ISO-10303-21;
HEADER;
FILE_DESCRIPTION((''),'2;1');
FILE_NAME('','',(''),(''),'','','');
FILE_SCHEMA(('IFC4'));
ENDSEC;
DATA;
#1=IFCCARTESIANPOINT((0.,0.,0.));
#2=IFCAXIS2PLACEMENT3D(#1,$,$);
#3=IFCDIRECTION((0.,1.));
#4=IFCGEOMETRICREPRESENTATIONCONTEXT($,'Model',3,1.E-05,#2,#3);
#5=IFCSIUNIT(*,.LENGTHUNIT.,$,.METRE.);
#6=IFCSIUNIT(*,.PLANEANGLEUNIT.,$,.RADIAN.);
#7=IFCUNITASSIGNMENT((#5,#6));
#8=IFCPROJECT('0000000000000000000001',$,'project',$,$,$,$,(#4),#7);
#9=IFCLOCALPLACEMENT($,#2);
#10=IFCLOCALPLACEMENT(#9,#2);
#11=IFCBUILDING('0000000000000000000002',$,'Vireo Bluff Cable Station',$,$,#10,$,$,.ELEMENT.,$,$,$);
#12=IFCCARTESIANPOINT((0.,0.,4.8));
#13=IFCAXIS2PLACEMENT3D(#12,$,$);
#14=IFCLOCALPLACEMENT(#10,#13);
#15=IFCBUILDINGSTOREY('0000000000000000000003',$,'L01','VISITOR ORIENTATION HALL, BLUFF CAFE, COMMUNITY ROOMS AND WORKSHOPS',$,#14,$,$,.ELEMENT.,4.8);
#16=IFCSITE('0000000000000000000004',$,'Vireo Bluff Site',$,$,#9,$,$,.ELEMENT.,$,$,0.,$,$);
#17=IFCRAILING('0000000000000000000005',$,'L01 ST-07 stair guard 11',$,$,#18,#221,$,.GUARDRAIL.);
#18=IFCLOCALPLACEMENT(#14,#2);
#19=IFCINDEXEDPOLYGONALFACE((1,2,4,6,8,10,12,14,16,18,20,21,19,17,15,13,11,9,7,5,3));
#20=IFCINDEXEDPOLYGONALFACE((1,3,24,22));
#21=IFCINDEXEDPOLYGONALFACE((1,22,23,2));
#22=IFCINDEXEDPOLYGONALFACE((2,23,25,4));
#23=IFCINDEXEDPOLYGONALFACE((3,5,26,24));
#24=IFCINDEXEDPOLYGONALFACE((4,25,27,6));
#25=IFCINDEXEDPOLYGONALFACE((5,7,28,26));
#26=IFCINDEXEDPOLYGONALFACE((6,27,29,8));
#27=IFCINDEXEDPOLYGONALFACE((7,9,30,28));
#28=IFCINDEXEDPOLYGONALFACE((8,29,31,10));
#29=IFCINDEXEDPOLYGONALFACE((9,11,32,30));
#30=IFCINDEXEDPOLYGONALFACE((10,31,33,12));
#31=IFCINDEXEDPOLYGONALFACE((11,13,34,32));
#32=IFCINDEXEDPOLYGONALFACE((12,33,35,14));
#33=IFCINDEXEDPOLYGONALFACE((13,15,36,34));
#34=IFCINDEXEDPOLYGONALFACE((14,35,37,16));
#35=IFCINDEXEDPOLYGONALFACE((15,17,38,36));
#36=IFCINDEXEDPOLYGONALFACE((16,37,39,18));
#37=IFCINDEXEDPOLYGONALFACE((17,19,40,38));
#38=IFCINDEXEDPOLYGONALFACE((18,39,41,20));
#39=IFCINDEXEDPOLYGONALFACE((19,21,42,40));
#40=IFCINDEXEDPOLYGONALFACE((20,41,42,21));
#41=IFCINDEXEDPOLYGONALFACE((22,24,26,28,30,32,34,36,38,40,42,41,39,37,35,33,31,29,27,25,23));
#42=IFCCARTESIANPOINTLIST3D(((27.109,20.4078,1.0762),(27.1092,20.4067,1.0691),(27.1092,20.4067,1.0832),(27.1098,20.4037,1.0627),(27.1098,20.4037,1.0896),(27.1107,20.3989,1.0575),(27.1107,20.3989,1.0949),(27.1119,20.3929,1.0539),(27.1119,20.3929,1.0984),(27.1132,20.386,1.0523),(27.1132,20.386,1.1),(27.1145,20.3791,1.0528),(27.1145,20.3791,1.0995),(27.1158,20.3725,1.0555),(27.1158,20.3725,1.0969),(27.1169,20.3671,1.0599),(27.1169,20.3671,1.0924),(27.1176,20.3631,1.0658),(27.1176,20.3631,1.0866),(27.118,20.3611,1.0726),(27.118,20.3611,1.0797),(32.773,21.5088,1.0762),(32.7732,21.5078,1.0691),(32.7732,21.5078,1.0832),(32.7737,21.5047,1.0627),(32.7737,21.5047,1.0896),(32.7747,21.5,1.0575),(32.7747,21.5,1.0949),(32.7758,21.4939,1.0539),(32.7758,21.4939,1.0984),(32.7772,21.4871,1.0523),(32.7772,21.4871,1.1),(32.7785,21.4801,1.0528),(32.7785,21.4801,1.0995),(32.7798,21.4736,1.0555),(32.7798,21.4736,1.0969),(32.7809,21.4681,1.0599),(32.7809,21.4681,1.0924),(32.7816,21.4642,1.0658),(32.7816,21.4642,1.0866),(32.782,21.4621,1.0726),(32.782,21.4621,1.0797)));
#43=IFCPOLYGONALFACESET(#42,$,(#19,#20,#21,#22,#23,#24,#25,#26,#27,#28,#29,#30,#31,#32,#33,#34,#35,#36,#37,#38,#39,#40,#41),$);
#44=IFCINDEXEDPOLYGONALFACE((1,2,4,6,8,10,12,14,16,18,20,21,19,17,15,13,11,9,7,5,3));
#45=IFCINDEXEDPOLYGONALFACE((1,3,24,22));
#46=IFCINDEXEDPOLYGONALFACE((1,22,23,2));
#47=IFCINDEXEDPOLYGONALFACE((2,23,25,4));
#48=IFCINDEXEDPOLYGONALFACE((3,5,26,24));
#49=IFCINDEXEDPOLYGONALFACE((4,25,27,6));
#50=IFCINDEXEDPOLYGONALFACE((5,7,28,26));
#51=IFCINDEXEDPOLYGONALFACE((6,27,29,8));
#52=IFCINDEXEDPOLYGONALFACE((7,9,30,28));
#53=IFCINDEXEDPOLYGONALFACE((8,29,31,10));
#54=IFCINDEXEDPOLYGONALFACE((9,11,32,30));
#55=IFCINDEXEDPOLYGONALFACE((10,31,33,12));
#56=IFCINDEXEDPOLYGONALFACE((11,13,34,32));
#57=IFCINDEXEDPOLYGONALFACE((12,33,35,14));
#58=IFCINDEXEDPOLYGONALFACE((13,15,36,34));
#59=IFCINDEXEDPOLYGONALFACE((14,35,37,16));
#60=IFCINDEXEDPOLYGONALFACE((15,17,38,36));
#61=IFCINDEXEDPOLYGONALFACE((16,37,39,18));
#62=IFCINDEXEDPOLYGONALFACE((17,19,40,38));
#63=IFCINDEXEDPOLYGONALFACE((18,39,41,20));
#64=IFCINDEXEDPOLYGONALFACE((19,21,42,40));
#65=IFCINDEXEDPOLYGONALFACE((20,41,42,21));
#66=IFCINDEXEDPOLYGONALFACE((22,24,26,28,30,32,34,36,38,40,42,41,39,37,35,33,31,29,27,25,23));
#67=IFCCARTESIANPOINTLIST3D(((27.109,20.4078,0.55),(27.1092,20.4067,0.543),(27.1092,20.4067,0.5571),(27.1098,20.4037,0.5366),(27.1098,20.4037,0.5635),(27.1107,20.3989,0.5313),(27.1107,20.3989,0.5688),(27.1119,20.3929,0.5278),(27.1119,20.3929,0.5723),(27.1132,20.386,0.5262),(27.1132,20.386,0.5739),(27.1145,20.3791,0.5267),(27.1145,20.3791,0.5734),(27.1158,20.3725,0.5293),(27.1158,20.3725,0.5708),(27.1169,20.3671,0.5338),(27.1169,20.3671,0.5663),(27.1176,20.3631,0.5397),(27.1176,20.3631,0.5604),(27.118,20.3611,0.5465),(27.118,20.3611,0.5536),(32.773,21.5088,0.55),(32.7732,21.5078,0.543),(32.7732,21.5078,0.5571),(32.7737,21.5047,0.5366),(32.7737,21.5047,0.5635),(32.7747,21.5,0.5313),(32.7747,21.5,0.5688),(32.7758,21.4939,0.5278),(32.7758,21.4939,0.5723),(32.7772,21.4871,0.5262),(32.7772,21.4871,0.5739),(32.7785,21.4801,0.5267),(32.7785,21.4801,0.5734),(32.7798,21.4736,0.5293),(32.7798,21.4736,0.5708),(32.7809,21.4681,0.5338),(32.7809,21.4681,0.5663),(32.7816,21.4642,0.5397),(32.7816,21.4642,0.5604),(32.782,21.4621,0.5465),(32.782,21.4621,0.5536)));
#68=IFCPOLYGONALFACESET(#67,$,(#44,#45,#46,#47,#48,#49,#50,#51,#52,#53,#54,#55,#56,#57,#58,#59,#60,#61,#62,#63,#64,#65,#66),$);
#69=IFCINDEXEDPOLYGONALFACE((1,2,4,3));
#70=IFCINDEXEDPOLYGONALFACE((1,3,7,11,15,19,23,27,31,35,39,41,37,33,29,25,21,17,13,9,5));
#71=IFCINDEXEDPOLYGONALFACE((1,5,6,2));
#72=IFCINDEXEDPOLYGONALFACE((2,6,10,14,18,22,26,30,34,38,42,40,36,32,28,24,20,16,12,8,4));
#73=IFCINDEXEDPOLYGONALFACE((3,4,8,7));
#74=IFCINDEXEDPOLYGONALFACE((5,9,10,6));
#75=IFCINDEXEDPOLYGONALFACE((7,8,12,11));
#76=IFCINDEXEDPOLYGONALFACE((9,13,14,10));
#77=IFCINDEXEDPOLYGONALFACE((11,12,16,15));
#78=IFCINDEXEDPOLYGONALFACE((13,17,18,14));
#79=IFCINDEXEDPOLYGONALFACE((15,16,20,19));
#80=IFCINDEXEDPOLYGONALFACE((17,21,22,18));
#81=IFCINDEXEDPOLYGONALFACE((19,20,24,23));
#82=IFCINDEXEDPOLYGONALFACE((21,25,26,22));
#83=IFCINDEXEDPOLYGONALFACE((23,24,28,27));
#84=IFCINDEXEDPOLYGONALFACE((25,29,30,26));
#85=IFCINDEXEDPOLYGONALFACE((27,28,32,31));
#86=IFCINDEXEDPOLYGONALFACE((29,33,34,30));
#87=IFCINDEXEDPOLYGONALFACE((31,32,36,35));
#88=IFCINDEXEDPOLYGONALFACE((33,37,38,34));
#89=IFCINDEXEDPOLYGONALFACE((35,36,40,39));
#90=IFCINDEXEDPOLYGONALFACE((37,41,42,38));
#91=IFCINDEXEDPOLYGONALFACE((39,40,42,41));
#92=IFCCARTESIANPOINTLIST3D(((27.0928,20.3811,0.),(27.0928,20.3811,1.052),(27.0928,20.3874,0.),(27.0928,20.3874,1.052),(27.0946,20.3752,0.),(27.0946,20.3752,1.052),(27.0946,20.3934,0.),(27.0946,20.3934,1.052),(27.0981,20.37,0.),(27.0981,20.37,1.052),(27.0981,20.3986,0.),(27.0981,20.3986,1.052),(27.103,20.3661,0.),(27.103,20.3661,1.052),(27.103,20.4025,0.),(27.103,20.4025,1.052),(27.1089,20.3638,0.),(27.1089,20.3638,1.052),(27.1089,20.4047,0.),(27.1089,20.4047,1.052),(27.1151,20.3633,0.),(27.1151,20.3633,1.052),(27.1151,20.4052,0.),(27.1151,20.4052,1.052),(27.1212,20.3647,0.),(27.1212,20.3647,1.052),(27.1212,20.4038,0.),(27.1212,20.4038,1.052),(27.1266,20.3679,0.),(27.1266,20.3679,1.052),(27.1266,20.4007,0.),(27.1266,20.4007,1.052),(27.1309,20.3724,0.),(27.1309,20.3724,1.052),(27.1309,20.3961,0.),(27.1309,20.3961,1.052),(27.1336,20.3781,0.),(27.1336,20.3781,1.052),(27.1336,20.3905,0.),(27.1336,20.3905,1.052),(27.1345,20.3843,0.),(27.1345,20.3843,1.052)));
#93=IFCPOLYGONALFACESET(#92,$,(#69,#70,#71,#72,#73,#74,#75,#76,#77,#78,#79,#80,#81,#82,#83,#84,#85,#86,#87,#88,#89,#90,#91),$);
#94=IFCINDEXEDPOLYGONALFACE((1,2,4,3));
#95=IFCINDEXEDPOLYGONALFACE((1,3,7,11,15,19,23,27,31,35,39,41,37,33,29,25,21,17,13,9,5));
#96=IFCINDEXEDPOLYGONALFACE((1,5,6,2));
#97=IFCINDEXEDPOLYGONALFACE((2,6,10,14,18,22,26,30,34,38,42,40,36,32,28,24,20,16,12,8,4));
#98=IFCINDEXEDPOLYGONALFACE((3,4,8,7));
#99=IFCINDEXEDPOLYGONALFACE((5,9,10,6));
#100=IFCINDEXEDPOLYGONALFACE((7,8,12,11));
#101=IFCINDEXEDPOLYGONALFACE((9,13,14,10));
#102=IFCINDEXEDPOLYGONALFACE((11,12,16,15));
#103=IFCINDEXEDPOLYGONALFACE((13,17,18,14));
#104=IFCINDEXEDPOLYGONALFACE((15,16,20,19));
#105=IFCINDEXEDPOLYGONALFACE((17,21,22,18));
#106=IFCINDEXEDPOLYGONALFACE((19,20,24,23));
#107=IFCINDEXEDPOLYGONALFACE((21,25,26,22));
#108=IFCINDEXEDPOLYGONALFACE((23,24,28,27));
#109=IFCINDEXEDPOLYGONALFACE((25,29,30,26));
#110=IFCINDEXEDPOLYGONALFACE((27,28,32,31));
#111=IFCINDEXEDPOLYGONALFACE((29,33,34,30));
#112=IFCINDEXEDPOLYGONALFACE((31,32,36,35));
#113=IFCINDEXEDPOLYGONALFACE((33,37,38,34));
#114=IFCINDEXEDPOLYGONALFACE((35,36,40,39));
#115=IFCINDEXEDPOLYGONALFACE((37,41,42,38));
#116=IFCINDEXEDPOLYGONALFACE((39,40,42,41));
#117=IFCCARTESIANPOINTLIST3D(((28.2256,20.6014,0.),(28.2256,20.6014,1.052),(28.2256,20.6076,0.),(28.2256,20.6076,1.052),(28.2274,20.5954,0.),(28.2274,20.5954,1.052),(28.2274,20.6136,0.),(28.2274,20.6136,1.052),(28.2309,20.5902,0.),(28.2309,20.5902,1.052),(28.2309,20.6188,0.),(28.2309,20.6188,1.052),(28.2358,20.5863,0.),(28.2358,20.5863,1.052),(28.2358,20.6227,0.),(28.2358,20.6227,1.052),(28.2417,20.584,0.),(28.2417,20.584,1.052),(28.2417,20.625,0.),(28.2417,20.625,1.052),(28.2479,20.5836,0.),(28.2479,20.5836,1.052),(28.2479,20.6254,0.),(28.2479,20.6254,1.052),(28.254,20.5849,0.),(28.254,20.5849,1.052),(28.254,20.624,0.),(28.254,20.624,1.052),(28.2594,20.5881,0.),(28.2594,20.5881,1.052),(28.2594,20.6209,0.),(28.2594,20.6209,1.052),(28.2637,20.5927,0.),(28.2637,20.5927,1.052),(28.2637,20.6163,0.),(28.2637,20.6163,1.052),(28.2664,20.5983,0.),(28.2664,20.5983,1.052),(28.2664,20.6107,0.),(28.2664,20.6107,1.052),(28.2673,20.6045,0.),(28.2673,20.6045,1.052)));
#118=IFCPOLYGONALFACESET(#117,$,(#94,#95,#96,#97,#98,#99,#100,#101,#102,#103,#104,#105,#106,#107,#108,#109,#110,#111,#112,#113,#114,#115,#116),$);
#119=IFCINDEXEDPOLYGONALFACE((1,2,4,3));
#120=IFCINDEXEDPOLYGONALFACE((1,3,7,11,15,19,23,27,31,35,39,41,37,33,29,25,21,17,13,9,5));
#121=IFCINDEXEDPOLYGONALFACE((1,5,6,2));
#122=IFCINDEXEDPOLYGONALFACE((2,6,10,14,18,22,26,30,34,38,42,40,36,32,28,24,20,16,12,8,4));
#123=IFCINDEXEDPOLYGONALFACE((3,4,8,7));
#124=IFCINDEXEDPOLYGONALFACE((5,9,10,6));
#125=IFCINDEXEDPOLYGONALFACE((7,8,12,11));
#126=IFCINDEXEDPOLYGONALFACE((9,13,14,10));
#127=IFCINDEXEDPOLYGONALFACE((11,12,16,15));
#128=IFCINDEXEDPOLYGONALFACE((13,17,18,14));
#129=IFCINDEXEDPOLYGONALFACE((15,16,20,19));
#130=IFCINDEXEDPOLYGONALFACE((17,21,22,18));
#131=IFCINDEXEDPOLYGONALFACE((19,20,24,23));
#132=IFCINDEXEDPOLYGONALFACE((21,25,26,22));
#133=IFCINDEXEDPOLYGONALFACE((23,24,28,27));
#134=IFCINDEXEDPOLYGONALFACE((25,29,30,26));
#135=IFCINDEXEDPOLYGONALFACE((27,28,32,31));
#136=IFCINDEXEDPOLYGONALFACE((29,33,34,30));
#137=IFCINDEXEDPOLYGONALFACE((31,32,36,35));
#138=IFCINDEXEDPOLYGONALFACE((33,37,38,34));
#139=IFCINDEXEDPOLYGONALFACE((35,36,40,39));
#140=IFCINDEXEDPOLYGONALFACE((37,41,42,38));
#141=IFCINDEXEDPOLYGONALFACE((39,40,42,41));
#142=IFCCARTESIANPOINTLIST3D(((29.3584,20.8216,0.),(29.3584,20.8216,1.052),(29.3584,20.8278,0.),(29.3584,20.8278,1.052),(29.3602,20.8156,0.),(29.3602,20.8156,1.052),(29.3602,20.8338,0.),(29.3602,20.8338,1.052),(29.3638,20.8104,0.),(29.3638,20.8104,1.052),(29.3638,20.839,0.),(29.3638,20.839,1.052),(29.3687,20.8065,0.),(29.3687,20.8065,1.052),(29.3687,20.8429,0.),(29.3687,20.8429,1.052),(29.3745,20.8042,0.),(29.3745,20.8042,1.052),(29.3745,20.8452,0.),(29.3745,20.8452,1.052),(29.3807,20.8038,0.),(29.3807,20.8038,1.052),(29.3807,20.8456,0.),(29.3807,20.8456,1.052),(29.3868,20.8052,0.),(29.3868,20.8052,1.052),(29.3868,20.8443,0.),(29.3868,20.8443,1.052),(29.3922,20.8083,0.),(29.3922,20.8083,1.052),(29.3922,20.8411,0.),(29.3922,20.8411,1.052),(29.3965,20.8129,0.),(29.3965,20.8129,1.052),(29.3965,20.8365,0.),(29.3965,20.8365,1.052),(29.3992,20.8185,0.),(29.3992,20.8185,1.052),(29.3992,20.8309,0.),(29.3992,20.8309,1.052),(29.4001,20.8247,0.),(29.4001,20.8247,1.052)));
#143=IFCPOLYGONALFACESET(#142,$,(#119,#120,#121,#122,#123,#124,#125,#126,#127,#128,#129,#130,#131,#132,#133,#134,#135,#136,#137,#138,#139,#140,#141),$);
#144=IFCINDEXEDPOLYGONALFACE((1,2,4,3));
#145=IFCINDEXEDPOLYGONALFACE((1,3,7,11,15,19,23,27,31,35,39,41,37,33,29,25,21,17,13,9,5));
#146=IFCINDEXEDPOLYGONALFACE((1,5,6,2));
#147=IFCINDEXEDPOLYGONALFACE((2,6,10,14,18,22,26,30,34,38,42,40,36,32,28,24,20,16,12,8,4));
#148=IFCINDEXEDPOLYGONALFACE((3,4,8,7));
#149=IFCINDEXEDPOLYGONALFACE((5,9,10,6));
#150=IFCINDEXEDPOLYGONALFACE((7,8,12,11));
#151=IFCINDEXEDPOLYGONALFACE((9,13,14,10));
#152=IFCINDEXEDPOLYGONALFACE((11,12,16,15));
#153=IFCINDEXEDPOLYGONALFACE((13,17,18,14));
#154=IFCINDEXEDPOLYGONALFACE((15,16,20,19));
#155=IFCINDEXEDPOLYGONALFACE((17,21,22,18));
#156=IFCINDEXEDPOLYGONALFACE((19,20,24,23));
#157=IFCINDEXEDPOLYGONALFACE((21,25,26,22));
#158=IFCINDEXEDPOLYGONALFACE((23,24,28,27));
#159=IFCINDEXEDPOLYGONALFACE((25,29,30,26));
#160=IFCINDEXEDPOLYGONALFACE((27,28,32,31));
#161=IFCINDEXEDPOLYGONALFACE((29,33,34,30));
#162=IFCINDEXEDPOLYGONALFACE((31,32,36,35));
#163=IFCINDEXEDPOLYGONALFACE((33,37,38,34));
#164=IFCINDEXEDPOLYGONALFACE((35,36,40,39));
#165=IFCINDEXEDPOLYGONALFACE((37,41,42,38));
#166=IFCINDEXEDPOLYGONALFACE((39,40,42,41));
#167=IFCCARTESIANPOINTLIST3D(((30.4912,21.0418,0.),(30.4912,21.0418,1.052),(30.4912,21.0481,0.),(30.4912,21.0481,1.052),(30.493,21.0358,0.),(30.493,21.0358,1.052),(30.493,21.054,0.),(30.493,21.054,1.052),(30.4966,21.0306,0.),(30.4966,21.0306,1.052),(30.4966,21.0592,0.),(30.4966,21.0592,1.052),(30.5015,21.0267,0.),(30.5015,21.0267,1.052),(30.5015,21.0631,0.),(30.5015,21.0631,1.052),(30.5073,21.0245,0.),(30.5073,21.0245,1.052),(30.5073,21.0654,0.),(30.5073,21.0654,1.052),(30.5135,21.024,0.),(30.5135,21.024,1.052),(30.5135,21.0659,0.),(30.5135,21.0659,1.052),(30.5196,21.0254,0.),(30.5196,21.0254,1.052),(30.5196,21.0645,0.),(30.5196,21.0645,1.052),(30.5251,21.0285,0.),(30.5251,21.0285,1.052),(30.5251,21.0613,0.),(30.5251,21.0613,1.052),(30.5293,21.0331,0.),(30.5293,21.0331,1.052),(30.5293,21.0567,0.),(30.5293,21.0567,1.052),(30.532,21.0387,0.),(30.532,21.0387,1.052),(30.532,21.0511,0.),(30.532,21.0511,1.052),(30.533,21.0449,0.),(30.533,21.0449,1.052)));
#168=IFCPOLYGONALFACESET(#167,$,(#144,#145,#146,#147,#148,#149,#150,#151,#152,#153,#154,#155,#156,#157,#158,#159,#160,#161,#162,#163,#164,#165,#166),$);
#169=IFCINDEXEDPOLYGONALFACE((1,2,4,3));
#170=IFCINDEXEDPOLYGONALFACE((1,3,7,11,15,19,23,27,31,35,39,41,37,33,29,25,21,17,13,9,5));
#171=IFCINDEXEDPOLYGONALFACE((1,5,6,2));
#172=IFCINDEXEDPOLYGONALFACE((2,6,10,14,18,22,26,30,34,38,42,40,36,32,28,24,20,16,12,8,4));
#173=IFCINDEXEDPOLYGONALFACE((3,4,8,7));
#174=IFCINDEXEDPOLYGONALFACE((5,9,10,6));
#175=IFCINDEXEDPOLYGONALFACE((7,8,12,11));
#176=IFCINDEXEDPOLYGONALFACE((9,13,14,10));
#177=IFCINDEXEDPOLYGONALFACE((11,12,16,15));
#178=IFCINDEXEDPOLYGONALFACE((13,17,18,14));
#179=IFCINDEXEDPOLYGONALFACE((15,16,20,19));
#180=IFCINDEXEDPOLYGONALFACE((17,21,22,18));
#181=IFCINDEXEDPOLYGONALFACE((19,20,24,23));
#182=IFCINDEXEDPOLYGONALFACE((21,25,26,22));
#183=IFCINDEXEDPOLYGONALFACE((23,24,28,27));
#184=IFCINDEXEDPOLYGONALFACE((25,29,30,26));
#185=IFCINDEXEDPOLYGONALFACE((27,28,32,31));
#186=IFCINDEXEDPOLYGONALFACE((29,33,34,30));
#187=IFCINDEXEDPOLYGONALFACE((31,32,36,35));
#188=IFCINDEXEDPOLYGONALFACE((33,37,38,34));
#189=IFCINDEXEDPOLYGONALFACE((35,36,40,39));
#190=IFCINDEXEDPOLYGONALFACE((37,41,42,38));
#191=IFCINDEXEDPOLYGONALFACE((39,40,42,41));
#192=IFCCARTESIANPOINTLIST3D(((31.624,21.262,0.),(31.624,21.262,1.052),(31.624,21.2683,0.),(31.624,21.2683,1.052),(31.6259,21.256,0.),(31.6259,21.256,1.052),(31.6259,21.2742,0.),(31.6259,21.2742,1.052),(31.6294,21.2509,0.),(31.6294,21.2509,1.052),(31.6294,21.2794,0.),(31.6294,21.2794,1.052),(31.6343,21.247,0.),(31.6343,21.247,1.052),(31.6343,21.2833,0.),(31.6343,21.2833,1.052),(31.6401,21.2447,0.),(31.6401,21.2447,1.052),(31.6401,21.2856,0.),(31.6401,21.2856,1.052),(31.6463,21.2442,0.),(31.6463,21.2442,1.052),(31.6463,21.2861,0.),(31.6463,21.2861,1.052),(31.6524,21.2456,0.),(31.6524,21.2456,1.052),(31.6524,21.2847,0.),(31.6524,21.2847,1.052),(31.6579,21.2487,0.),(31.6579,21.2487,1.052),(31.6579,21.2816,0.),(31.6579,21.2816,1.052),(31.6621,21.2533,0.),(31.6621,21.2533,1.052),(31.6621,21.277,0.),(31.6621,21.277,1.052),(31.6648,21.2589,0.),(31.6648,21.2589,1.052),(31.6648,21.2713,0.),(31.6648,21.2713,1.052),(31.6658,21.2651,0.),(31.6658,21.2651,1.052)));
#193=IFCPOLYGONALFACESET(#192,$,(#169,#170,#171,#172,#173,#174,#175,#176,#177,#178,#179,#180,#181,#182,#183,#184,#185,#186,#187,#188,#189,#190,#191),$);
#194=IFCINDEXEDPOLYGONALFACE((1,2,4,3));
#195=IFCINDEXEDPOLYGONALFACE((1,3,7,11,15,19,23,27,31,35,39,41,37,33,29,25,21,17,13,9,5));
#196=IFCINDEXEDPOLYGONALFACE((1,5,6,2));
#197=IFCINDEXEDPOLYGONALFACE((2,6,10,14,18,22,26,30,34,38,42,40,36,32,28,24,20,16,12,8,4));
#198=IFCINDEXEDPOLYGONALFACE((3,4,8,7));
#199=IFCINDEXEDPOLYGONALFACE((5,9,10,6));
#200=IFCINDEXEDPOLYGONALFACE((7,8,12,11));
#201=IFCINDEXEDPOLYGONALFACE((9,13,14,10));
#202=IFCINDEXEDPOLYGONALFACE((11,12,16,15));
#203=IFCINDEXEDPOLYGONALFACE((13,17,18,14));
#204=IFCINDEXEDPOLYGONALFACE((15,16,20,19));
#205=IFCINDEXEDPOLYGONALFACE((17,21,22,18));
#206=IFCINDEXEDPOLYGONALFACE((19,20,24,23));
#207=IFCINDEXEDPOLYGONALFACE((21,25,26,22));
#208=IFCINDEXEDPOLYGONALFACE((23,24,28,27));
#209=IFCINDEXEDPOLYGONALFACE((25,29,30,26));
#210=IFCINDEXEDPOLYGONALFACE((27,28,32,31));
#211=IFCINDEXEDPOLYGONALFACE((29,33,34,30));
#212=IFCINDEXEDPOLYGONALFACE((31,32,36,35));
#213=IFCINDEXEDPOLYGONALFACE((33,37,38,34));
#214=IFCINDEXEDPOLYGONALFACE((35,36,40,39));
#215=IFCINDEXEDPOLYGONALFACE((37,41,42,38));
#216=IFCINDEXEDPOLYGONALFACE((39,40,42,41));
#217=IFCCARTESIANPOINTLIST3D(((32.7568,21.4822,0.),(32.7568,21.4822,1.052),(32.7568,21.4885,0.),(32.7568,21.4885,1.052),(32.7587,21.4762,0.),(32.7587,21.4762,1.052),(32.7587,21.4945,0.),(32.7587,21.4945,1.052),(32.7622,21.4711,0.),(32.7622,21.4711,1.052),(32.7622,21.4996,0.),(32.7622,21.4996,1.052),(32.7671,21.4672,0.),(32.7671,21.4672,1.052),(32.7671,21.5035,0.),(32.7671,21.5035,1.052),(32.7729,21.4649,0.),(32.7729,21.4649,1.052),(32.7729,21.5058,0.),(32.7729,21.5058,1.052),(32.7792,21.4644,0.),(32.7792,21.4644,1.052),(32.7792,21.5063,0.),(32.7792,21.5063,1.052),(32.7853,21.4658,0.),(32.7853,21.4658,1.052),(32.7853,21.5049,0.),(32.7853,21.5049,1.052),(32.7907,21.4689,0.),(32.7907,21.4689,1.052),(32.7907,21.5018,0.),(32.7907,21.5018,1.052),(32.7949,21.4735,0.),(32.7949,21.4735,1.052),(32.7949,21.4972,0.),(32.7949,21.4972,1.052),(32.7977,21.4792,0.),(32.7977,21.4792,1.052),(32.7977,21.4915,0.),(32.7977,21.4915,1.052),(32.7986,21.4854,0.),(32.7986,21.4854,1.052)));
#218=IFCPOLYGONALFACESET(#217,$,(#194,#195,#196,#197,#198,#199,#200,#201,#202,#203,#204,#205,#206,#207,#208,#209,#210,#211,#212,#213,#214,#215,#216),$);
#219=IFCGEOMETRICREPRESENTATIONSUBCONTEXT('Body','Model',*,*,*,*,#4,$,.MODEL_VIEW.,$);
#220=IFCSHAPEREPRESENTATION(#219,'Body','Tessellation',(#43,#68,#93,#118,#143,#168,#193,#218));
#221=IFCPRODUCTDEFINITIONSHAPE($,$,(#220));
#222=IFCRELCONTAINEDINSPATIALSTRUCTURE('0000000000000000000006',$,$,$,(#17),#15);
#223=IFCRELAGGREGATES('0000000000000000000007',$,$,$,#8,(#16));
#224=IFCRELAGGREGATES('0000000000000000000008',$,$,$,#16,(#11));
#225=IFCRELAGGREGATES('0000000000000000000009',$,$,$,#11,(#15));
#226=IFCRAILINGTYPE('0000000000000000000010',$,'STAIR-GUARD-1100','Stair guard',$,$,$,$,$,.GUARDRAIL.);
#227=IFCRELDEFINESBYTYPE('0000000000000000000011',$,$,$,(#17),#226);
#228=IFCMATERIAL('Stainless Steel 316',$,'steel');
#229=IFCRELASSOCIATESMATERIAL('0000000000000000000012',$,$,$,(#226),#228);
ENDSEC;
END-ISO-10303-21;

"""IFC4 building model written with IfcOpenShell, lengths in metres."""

from ifc_helpers import new_model, si_unit, direction, frame, origin, origin_2d, place, context, subcontext, project, spatial, circle, extrude, material, type_object, element, save


model = new_model("IFC4")

# Units and contexts
model_context = context("Model", 3, precision=1e-05, world=origin(), true_north=direction((0.0, 1.0)))
body_context = subcontext(model_context, "Body", "Model", "MODEL_VIEW")
ifc_project = project(units=[si_unit("LENGTHUNIT", "METRE"), si_unit("PLANEANGLEUNIT", "RADIAN")], contexts=[model_context])

# Site, building, storey
site_placement = place(None, origin())
site = spatial("IfcSite", under=ifc_project, at=site_placement, Name="Vireo Bluff Site", CompositionType="ELEMENT", RefElevation=0.0)
building_placement = place(site_placement, origin())
building = spatial("IfcBuilding", under=site, at=building_placement, Name="Vireo Bluff Cable Station", CompositionType="ELEMENT")
storey_placement = place(building_placement, frame((0.0, 0.0, 4.8)))
storey = spatial("IfcBuildingStorey", under=building, at=storey_placement, Name="L01", Description="VISITOR ORIENTATION HALL, BLUFF CAFE, COMMUNITY ROOMS AND WORKSHOPS", CompositionType="ELEMENT", Elevation=4.8)

# Railing
ifc_material_1 = material(Name="Stainless Steel 316", Category="steel")
railing_type = type_object("IfcRailingType", Name="STAIR-GUARD-1100", Description="Stair guard", PredefinedType="GUARDRAIL", material=ifc_material_1)
railing_1_placement = place(storey_placement, frame((27.1135, 20.3843, 0.0)))
element("IfcRailing", 1, at=railing_1_placement, inside=storey, type_object=railing_type, Name="L01 ST-07 stair guard 11", PredefinedType="GUARDRAIL", context=body_context, shape_type="SweptSolid", body=[
    extrude(circle(Radius=0.0239, at=origin_2d()), frame((0.0, 0.0, 1.0762), z_axis=(0.981624, 0.190824, 0.0), x_axis=(-0.190824, 0.981624, 0.0)), (0.0, 0.0, 1.0), 5.77),
    extrude(circle(Radius=0.0239, at=origin_2d()), frame((0.0, 0.0, 0.55), z_axis=(0.981624, 0.190824, 0.0), x_axis=(-0.190824, 0.981624, 0.0)), (0.0, 0.0, 1.0), 5.77),
    extrude(circle(Radius=0.021, at=origin_2d()), origin(), (0.0, 0.0, 1.0), 1.052),
    extrude(circle(Radius=0.021, at=origin_2d()), frame((1.1328, 0.2202, 0.0)), (0.0, 0.0, 1.0), 1.052),
    extrude(circle(Radius=0.021, at=origin_2d()), frame((2.2656, 0.4404, 0.0)), (0.0, 0.0, 1.0), 1.052),
    extrude(circle(Radius=0.021, at=origin_2d()), frame((3.3984, 0.6606, 0.0)), (0.0, 0.0, 1.0), 1.052),
    extrude(circle(Radius=0.021, at=origin_2d()), frame((4.5312, 0.8809, 0.0)), (0.0, 0.0, 1.0), 1.052),
    extrude(circle(Radius=0.021, at=origin_2d()), frame((5.6641, 1.1011, 0.0)), (0.0, 0.0, 1.0), 1.052),
])

save(model, "model.ifc")
